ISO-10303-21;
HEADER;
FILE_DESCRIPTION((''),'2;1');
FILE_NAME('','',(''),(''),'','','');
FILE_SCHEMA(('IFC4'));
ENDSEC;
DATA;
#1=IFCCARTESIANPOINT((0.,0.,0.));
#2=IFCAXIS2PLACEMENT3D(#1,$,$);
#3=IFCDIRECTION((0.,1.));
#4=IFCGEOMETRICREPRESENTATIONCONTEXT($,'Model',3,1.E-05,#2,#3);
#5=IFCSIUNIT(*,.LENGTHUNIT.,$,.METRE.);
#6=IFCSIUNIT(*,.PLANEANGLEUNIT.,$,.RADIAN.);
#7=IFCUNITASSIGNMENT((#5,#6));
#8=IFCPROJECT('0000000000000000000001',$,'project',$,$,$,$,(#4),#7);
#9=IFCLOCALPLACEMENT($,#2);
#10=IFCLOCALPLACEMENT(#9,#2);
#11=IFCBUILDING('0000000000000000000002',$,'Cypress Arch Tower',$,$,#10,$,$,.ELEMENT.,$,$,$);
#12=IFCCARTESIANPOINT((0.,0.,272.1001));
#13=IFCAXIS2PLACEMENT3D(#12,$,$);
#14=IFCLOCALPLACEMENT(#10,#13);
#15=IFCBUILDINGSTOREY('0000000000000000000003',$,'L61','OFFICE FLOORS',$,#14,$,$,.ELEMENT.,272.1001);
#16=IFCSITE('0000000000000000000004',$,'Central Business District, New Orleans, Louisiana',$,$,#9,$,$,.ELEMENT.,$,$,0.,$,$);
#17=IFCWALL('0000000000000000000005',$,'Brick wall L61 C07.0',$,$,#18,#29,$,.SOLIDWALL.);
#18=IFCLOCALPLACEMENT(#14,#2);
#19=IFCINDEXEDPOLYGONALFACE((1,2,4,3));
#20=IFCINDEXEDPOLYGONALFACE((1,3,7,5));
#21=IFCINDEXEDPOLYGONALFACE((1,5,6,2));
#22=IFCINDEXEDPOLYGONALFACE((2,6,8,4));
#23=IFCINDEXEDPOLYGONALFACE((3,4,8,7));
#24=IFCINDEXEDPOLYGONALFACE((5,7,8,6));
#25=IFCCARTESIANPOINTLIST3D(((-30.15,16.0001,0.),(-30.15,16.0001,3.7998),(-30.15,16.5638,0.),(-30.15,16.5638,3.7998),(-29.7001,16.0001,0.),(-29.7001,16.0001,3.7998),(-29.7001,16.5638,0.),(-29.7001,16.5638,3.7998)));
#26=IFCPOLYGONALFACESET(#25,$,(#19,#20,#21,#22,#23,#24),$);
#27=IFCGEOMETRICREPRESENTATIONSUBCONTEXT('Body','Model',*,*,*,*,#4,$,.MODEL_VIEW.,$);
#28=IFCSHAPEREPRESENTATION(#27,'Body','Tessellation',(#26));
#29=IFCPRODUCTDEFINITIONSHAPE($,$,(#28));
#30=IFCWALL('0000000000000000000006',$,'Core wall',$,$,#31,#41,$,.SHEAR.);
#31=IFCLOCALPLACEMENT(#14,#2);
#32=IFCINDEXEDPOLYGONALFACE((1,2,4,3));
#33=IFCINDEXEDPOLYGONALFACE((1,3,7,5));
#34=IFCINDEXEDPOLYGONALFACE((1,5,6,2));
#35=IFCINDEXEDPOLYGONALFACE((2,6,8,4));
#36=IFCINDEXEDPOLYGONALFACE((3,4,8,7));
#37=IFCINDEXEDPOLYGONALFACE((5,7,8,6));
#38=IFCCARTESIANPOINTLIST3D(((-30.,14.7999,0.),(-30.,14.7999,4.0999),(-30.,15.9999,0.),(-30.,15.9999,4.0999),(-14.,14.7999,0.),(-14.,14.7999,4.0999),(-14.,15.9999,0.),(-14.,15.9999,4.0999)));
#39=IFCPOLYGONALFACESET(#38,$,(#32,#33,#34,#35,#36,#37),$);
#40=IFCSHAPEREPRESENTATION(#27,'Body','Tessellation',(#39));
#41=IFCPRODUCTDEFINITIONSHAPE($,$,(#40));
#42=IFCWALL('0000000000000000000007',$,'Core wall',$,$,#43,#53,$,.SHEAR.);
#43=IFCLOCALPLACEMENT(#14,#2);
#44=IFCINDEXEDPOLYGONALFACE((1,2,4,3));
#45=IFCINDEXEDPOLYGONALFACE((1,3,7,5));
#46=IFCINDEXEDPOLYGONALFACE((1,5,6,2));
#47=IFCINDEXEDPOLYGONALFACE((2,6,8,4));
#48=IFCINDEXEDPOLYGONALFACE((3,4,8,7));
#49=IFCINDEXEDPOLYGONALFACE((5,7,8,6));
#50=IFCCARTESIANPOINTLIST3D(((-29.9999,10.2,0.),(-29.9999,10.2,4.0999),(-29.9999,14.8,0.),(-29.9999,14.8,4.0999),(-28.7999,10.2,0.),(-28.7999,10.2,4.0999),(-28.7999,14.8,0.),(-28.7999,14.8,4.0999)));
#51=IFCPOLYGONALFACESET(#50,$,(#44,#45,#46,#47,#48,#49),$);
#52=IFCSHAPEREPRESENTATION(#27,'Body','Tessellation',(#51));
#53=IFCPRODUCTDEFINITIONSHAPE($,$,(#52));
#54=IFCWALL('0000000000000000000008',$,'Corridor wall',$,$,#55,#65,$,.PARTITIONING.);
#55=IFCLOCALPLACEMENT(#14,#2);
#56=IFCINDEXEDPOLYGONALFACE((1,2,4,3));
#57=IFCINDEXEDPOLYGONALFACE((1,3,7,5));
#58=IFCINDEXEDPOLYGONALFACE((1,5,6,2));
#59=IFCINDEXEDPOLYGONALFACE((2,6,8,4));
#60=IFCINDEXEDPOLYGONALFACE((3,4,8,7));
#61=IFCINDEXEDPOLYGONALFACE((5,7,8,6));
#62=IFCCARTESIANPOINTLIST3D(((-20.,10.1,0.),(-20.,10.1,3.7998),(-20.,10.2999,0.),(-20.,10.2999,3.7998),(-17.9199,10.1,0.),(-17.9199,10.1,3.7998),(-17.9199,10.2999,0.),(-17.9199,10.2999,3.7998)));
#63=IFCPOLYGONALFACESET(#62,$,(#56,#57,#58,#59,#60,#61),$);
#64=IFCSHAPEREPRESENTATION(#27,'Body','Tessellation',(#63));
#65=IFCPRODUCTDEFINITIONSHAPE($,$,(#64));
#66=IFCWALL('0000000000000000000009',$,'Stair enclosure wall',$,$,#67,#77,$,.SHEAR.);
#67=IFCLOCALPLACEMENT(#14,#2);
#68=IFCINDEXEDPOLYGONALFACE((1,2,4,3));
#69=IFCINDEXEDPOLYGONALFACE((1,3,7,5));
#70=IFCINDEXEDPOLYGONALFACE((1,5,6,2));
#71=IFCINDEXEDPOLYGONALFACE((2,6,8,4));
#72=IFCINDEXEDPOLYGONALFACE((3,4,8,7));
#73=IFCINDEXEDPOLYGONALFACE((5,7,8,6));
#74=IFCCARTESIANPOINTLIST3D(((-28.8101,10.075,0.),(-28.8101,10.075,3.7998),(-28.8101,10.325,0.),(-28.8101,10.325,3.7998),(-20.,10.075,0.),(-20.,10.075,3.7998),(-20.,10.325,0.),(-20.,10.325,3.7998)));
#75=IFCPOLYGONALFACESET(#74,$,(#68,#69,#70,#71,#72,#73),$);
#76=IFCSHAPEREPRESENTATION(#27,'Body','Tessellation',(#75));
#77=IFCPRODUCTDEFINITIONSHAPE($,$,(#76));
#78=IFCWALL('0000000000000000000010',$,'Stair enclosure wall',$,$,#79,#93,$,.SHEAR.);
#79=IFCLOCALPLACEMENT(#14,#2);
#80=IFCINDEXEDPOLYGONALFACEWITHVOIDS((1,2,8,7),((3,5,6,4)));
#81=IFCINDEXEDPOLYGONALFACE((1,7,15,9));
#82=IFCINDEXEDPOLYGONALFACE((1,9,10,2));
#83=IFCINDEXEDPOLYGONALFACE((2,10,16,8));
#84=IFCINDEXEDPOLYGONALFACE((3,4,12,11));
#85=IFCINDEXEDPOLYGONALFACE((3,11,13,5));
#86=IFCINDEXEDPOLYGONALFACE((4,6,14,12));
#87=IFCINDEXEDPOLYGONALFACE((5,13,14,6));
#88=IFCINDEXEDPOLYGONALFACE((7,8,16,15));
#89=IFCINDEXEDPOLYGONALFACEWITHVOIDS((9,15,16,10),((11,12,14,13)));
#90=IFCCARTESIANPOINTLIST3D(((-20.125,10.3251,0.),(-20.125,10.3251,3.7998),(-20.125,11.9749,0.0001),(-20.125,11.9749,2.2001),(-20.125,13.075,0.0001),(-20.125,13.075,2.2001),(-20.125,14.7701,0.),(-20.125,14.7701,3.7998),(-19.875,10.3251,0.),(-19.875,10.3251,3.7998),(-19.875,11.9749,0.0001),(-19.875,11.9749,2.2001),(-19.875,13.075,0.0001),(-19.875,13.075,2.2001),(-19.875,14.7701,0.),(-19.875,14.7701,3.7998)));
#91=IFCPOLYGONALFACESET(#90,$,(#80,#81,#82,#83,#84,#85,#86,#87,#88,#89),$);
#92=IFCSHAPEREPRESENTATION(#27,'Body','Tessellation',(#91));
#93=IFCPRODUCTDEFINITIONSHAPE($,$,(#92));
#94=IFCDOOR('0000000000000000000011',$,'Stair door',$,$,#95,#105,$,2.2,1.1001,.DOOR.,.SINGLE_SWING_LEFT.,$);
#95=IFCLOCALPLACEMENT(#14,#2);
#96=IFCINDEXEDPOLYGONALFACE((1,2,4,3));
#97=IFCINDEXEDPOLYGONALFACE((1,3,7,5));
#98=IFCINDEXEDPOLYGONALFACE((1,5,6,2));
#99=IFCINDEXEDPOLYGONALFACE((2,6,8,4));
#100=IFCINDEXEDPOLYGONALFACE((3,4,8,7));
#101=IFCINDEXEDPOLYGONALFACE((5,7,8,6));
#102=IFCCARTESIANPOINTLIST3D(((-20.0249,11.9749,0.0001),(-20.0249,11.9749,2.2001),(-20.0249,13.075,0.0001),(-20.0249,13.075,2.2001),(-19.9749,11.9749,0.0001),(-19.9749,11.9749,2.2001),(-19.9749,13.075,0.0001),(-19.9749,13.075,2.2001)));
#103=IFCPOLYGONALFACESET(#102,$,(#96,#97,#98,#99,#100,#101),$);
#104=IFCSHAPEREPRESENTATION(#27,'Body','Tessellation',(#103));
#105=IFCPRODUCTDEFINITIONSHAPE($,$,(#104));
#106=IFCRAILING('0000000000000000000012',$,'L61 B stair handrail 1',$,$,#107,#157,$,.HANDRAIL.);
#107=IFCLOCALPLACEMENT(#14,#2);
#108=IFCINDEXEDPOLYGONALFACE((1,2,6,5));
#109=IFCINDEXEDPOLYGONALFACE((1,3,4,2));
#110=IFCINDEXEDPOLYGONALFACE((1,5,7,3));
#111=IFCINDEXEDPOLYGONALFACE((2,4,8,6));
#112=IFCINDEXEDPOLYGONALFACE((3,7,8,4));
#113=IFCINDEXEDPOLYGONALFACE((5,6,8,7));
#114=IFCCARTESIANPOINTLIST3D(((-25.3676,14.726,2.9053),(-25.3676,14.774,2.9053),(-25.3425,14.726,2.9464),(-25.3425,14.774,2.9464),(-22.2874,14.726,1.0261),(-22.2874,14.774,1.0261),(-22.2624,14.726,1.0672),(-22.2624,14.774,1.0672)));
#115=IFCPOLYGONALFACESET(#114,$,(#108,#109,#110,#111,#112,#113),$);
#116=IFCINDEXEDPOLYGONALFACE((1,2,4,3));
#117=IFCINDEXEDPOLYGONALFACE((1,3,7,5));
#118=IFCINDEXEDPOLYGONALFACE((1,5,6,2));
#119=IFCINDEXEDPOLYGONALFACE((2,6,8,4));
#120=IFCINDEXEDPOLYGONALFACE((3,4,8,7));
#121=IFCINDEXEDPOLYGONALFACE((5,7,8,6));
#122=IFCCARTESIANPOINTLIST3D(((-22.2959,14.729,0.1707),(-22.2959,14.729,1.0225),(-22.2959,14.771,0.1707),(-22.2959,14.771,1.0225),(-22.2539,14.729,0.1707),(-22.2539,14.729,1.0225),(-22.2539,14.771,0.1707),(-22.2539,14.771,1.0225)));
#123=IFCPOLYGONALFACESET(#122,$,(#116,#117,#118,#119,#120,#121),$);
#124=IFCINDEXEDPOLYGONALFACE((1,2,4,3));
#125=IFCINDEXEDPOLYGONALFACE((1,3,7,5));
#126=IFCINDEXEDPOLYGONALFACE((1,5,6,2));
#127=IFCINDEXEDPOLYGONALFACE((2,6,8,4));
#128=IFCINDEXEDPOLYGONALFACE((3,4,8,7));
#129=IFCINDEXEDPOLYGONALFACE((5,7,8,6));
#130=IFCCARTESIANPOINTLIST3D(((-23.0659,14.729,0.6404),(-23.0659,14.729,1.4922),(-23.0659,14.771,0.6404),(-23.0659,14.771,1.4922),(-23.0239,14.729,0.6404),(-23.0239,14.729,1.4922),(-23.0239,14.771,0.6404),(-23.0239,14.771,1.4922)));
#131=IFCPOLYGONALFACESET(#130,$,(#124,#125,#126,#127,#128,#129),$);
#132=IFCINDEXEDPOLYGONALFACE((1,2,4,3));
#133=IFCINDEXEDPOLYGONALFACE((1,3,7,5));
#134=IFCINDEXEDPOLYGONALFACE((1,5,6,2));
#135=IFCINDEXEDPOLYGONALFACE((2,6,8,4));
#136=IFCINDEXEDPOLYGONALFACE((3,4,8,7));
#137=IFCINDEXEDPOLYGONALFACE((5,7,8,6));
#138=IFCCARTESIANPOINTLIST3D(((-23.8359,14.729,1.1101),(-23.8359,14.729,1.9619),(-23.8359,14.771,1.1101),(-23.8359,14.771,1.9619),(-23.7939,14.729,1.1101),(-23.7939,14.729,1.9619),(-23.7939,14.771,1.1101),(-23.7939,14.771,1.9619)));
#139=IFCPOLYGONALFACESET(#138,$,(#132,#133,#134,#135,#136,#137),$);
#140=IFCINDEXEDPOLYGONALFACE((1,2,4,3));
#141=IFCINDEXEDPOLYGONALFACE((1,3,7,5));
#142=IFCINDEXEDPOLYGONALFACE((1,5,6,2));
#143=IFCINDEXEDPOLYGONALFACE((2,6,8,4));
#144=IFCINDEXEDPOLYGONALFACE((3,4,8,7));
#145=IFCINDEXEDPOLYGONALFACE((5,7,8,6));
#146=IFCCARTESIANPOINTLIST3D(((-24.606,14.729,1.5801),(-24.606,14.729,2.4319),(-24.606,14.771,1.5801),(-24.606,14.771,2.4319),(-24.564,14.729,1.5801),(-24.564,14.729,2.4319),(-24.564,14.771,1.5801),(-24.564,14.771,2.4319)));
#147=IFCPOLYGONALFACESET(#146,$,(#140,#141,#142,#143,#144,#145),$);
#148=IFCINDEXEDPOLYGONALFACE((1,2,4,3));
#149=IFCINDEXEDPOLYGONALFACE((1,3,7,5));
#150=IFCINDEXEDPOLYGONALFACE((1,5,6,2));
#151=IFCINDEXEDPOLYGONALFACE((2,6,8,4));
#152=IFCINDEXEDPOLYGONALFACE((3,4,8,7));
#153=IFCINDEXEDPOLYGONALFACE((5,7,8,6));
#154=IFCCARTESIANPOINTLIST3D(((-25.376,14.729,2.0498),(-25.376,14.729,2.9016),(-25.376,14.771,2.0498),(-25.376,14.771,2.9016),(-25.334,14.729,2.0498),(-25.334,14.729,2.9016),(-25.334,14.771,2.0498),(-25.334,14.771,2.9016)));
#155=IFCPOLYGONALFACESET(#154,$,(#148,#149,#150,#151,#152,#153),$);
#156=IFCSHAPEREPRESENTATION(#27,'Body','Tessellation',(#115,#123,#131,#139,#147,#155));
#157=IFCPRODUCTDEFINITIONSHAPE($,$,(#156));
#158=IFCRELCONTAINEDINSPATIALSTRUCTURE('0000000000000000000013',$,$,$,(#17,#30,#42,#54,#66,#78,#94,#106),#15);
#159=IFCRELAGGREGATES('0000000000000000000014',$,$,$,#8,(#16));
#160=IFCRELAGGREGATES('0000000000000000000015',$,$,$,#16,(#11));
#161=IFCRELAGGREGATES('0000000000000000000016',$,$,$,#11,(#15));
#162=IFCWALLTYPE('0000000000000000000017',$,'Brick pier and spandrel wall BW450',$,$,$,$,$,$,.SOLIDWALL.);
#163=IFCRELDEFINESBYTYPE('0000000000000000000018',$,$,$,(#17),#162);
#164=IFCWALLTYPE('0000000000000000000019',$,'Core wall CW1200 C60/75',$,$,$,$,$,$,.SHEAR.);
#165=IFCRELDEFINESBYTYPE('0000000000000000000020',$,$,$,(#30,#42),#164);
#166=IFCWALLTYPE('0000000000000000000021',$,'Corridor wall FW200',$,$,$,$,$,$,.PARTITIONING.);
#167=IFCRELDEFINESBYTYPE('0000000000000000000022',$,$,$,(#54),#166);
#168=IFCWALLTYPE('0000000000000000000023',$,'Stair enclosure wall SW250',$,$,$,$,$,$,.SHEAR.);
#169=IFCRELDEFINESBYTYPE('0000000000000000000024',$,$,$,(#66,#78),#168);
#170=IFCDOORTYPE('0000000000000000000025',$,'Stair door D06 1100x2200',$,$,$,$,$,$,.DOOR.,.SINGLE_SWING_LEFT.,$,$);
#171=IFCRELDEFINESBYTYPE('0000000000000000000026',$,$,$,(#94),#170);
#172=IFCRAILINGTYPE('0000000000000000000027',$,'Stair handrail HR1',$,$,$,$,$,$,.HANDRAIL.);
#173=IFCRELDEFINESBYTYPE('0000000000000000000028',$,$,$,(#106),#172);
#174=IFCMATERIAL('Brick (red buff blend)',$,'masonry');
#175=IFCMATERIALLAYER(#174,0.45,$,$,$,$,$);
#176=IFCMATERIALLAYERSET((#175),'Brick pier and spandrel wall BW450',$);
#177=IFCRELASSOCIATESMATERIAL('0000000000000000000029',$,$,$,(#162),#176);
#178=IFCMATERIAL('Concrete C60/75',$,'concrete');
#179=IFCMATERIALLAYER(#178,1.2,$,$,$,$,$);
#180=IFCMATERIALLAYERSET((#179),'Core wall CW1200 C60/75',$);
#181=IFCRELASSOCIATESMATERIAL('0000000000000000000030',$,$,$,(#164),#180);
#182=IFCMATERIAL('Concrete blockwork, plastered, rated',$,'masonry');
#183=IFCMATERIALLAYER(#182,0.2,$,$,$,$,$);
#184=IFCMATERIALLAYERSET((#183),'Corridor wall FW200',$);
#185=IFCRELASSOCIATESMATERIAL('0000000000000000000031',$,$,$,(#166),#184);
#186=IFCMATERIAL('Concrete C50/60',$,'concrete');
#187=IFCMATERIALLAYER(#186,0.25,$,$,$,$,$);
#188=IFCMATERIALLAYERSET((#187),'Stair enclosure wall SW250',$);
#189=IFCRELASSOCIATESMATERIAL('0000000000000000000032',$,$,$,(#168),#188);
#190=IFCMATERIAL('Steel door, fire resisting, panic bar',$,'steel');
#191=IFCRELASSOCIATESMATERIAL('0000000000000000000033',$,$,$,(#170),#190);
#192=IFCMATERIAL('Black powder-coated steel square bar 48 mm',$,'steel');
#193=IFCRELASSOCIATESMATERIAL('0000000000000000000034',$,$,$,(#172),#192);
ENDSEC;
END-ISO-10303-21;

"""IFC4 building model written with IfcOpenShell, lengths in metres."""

from ifc_helpers import new_model, si_unit, direction, frame, frame_2d, origin, origin_2d, place, context, subcontext, project, spatial, rectangle, extrude, material, layer, layer_set, type_object, element, fill, save


model = new_model("IFC4")

# Units and contexts
model_context = context("Model", 3, precision=1e-05, world=origin(), true_north=direction((0.0, 1.0)))
body_context = subcontext(model_context, "Body", "Model", "MODEL_VIEW")
ifc_project = project(units=[si_unit("LENGTHUNIT", "METRE"), si_unit("PLANEANGLEUNIT", "RADIAN")], contexts=[model_context])

# Site, building, storey
site_placement = place(None, origin())
site = spatial("IfcSite", under=ifc_project, at=site_placement, Name="Central Business District, New Orleans, Louisiana", CompositionType="ELEMENT", RefElevation=0.0)
building_placement = place(site_placement, origin())
building = spatial("IfcBuilding", under=site, at=building_placement, Name="Cypress Arch Tower", CompositionType="ELEMENT")
storey_placement = place(building_placement, frame((0.0, 0.0, 272.1001)))
storey = spatial("IfcBuildingStorey", under=building, at=storey_placement, Name="L61", Description="OFFICE FLOORS", CompositionType="ELEMENT", Elevation=272.1001)

# Shared definitions
ifc_material_1 = material(Name="Brick (red buff blend)", Category="masonry")
ifc_layer_1 = layer(ifc_material_1, 0.45)
ifc_layer_set_1 = layer_set([ifc_layer_1], Name="Brick pier and spandrel wall BW450")
wall_type_1 = type_object("IfcWallType", Name="Brick pier and spandrel wall BW450", PredefinedType="SOLIDWALL", material=ifc_layer_set_1)

# Walls
wall_1_placement = place(storey_placement, frame((-29.925, 16.5637, 0.0), z_axis=(0.0, 0.0, 1.0), x_axis=(0.0, -1.0, 0.0)))
element("IfcWall", 1, at=wall_1_placement, inside=storey, type_object=wall_type_1, Name="Brick wall L61 C07.0", PredefinedType="SOLIDWALL", context=body_context, shape_type="SweptSolid", body=[
    extrude(rectangle(XDim=0.5637, YDim=0.45, at=frame_2d((0.2817, 0.0))), origin(), (0.0, 0.0, 1.0), 3.7998),
])
ifc_material_2 = material(Name="Concrete C60/75", Category="concrete")
ifc_layer_2 = layer(ifc_material_2, 1.2)
ifc_layer_set_2 = layer_set([ifc_layer_2], Name="Core wall CW1200 C60/75")
wall_type_2 = type_object("IfcWallType", Name="Core wall CW1200 C60/75", PredefinedType="SHEAR", material=ifc_layer_set_2)
wall_2_placement = place(storey_placement, frame((-30.0, 15.3999, 0.0), z_axis=(0.0, 0.0, 1.0), x_axis=(1.0, 0.0, 0.0)))
element("IfcWall", 2, at=wall_2_placement, inside=storey, type_object=wall_type_2, Name="Core wall", PredefinedType="SHEAR", context=body_context, shape_type="SweptSolid", body=[
    extrude(rectangle(XDim=16.0, YDim=1.2, at=frame_2d((8.0, 0.0))), origin(), (0.0, 0.0, 1.0), 4.0999),
])
wall_3_placement = place(storey_placement, frame((-29.3999, 10.2, 0.0), z_axis=(0.0, 0.0, 1.0), x_axis=(0.0, 1.0, 0.0)))
element("IfcWall", 3, at=wall_3_placement, inside=storey, type_object=wall_type_2, Name="Core wall", PredefinedType="SHEAR", context=body_context, shape_type="SweptSolid", body=[
    extrude(rectangle(XDim=4.6001, YDim=1.2, at=frame_2d((2.3, 0.0))), origin(), (0.0, 0.0, 1.0), 4.0999),
])
ifc_material_3 = material(Name="Concrete blockwork, plastered, rated", Category="masonry")
ifc_layer_3 = layer(ifc_material_3, 0.2)
ifc_layer_set_3 = layer_set([ifc_layer_3], Name="Corridor wall FW200")
wall_type_3 = type_object("IfcWallType", Name="Corridor wall FW200", PredefinedType="PARTITIONING", material=ifc_layer_set_3)
wall_4_placement = place(storey_placement, frame((-20.0, 10.2, 0.0), z_axis=(0.0, 0.0, 1.0), x_axis=(1.0, 0.0, 0.0)))
element("IfcWall", 4, at=wall_4_placement, inside=storey, type_object=wall_type_3, Name="Corridor wall", PredefinedType="PARTITIONING", context=body_context, shape_type="SweptSolid", body=[
    extrude(rectangle(XDim=2.0801, YDim=0.2, at=frame_2d((1.04, 0.0))), origin(), (0.0, 0.0, 1.0), 3.7998),
])
ifc_material_4 = material(Name="Concrete C50/60", Category="concrete")
ifc_layer_4 = layer(ifc_material_4, 0.25)
ifc_layer_set_4 = layer_set([ifc_layer_4], Name="Stair enclosure wall SW250")
wall_type_4 = type_object("IfcWallType", Name="Stair enclosure wall SW250", PredefinedType="SHEAR", material=ifc_layer_set_4)
wall_5_placement = place(storey_placement, frame((-28.8101, 10.2, 0.0), z_axis=(0.0, 0.0, 1.0), x_axis=(1.0, 0.0, 0.0)))
element("IfcWall", 5, at=wall_5_placement, inside=storey, type_object=wall_type_4, Name="Stair enclosure wall", PredefinedType="SHEAR", context=body_context, shape_type="SweptSolid", body=[
    extrude(rectangle(XDim=8.8101, YDim=0.25, at=frame_2d((4.405, 0.0))), origin(), (0.0, 0.0, 1.0), 3.7998),
])

# Wall, opening, door
wall_6_placement = place(storey_placement, frame((-20.0, 10.325, 0.0), z_axis=(0.0, 0.0, 1.0), x_axis=(0.0, 1.0, 0.0)))
wall_6 = element("IfcWall", 6, at=wall_6_placement, inside=storey, type_object=wall_type_4, Name="Stair enclosure wall", PredefinedType="SHEAR", context=body_context, shape_type="SweptSolid", body=[
    extrude(rectangle(XDim=4.4451, YDim=0.25, at=frame_2d((2.2227, 0.0))), origin(), (0.0, 0.0, 1.0), 3.7998),
])
opening_1_placement = place(wall_6_placement, frame((1.6499, 0.0, 0.0)))
opening_1 = element("IfcOpeningElement", 7, at=opening_1_placement, cuts=wall_6, PredefinedType="OPENING", context=body_context, shape_type="SweptSolid", body=[
    extrude(rectangle(XDim=1.1001, YDim=2.2, at=frame_2d((0.55, 1.1001))), frame((0.0, 0.135, 0.0), z_axis=(0.0, -1.0, 0.0), x_axis=(1.0, 0.0, 0.0)), (0.0, 0.0, 1.0), 0.27),
])
ifc_material_5 = material(Name="Steel door, fire resisting, panic bar", Category="steel")
door_type = type_object("IfcDoorType", Name="Stair door D06 1100x2200", OperationType="SINGLE_SWING_LEFT", PredefinedType="DOOR", material=ifc_material_5)
door_placement = place(opening_1_placement, origin())
door = element("IfcDoor", 8, at=door_placement, inside=storey, type_object=door_type, Name="Stair door", OperationType="SINGLE_SWING_LEFT", OverallHeight=2.2, OverallWidth=1.1001, PredefinedType="DOOR", context=body_context, shape_type="SweptSolid", body=[
    extrude(rectangle(XDim=1.1001, YDim=2.2, at=frame_2d((0.55, 1.1001))), frame((0.0, 0.0249, 0.0), z_axis=(0.0, -1.0, 0.0), x_axis=(1.0, 0.0, 0.0)), (0.0, 0.0, 1.0), 0.05),
])
fill(opening_1, door)

# Railing
ifc_material_6 = material(Name="Black powder-coated steel square bar 48 mm", Category="steel")
railing_type_1 = type_object("IfcRailingType", Name="Stair handrail HR1", PredefinedType="HANDRAIL", material=ifc_material_6)
railing_1_placement = place(storey_placement, frame((-22.2749, 14.75, 0.1707)))
element("IfcRailing", 9, at=railing_1_placement, inside=storey, type_object=railing_type_1, Name="L61 B stair handrail 1", PredefinedType="HANDRAIL", context=body_context, shape_type="SweptSolid", body=[
    extrude(rectangle(XDim=0.0481, YDim=0.0481, at=origin_2d()), frame((0.0, 0.0, 0.876), z_axis=(-0.853666, 0.0, 0.52082), x_axis=(0.0, -1.0, 0.0)), (0.0, 0.0, 1.0), 3.6082),
    extrude(rectangle(XDim=0.042, YDim=0.042, at=origin_2d()), origin(), (0.0, 0.0, 1.0), 0.8518),
    extrude(rectangle(XDim=0.042, YDim=0.042, at=origin_2d()), frame((-0.77, 0.0, 0.4697)), (0.0, 0.0, 1.0), 0.8518),
    extrude(rectangle(XDim=0.042, YDim=0.042, at=origin_2d()), frame((-1.54, 0.0, 0.9395)), (0.0, 0.0, 1.0), 0.8518),
    extrude(rectangle(XDim=0.042, YDim=0.042, at=origin_2d()), frame((-2.3101, 0.0, 1.4094)), (0.0, 0.0, 1.0), 0.8518),
    extrude(rectangle(XDim=0.042, YDim=0.042, at=origin_2d()), frame((-3.0801, 0.0, 1.8792)), (0.0, 0.0, 1.0), 0.8518),
])

save(model, "model.ifc")
